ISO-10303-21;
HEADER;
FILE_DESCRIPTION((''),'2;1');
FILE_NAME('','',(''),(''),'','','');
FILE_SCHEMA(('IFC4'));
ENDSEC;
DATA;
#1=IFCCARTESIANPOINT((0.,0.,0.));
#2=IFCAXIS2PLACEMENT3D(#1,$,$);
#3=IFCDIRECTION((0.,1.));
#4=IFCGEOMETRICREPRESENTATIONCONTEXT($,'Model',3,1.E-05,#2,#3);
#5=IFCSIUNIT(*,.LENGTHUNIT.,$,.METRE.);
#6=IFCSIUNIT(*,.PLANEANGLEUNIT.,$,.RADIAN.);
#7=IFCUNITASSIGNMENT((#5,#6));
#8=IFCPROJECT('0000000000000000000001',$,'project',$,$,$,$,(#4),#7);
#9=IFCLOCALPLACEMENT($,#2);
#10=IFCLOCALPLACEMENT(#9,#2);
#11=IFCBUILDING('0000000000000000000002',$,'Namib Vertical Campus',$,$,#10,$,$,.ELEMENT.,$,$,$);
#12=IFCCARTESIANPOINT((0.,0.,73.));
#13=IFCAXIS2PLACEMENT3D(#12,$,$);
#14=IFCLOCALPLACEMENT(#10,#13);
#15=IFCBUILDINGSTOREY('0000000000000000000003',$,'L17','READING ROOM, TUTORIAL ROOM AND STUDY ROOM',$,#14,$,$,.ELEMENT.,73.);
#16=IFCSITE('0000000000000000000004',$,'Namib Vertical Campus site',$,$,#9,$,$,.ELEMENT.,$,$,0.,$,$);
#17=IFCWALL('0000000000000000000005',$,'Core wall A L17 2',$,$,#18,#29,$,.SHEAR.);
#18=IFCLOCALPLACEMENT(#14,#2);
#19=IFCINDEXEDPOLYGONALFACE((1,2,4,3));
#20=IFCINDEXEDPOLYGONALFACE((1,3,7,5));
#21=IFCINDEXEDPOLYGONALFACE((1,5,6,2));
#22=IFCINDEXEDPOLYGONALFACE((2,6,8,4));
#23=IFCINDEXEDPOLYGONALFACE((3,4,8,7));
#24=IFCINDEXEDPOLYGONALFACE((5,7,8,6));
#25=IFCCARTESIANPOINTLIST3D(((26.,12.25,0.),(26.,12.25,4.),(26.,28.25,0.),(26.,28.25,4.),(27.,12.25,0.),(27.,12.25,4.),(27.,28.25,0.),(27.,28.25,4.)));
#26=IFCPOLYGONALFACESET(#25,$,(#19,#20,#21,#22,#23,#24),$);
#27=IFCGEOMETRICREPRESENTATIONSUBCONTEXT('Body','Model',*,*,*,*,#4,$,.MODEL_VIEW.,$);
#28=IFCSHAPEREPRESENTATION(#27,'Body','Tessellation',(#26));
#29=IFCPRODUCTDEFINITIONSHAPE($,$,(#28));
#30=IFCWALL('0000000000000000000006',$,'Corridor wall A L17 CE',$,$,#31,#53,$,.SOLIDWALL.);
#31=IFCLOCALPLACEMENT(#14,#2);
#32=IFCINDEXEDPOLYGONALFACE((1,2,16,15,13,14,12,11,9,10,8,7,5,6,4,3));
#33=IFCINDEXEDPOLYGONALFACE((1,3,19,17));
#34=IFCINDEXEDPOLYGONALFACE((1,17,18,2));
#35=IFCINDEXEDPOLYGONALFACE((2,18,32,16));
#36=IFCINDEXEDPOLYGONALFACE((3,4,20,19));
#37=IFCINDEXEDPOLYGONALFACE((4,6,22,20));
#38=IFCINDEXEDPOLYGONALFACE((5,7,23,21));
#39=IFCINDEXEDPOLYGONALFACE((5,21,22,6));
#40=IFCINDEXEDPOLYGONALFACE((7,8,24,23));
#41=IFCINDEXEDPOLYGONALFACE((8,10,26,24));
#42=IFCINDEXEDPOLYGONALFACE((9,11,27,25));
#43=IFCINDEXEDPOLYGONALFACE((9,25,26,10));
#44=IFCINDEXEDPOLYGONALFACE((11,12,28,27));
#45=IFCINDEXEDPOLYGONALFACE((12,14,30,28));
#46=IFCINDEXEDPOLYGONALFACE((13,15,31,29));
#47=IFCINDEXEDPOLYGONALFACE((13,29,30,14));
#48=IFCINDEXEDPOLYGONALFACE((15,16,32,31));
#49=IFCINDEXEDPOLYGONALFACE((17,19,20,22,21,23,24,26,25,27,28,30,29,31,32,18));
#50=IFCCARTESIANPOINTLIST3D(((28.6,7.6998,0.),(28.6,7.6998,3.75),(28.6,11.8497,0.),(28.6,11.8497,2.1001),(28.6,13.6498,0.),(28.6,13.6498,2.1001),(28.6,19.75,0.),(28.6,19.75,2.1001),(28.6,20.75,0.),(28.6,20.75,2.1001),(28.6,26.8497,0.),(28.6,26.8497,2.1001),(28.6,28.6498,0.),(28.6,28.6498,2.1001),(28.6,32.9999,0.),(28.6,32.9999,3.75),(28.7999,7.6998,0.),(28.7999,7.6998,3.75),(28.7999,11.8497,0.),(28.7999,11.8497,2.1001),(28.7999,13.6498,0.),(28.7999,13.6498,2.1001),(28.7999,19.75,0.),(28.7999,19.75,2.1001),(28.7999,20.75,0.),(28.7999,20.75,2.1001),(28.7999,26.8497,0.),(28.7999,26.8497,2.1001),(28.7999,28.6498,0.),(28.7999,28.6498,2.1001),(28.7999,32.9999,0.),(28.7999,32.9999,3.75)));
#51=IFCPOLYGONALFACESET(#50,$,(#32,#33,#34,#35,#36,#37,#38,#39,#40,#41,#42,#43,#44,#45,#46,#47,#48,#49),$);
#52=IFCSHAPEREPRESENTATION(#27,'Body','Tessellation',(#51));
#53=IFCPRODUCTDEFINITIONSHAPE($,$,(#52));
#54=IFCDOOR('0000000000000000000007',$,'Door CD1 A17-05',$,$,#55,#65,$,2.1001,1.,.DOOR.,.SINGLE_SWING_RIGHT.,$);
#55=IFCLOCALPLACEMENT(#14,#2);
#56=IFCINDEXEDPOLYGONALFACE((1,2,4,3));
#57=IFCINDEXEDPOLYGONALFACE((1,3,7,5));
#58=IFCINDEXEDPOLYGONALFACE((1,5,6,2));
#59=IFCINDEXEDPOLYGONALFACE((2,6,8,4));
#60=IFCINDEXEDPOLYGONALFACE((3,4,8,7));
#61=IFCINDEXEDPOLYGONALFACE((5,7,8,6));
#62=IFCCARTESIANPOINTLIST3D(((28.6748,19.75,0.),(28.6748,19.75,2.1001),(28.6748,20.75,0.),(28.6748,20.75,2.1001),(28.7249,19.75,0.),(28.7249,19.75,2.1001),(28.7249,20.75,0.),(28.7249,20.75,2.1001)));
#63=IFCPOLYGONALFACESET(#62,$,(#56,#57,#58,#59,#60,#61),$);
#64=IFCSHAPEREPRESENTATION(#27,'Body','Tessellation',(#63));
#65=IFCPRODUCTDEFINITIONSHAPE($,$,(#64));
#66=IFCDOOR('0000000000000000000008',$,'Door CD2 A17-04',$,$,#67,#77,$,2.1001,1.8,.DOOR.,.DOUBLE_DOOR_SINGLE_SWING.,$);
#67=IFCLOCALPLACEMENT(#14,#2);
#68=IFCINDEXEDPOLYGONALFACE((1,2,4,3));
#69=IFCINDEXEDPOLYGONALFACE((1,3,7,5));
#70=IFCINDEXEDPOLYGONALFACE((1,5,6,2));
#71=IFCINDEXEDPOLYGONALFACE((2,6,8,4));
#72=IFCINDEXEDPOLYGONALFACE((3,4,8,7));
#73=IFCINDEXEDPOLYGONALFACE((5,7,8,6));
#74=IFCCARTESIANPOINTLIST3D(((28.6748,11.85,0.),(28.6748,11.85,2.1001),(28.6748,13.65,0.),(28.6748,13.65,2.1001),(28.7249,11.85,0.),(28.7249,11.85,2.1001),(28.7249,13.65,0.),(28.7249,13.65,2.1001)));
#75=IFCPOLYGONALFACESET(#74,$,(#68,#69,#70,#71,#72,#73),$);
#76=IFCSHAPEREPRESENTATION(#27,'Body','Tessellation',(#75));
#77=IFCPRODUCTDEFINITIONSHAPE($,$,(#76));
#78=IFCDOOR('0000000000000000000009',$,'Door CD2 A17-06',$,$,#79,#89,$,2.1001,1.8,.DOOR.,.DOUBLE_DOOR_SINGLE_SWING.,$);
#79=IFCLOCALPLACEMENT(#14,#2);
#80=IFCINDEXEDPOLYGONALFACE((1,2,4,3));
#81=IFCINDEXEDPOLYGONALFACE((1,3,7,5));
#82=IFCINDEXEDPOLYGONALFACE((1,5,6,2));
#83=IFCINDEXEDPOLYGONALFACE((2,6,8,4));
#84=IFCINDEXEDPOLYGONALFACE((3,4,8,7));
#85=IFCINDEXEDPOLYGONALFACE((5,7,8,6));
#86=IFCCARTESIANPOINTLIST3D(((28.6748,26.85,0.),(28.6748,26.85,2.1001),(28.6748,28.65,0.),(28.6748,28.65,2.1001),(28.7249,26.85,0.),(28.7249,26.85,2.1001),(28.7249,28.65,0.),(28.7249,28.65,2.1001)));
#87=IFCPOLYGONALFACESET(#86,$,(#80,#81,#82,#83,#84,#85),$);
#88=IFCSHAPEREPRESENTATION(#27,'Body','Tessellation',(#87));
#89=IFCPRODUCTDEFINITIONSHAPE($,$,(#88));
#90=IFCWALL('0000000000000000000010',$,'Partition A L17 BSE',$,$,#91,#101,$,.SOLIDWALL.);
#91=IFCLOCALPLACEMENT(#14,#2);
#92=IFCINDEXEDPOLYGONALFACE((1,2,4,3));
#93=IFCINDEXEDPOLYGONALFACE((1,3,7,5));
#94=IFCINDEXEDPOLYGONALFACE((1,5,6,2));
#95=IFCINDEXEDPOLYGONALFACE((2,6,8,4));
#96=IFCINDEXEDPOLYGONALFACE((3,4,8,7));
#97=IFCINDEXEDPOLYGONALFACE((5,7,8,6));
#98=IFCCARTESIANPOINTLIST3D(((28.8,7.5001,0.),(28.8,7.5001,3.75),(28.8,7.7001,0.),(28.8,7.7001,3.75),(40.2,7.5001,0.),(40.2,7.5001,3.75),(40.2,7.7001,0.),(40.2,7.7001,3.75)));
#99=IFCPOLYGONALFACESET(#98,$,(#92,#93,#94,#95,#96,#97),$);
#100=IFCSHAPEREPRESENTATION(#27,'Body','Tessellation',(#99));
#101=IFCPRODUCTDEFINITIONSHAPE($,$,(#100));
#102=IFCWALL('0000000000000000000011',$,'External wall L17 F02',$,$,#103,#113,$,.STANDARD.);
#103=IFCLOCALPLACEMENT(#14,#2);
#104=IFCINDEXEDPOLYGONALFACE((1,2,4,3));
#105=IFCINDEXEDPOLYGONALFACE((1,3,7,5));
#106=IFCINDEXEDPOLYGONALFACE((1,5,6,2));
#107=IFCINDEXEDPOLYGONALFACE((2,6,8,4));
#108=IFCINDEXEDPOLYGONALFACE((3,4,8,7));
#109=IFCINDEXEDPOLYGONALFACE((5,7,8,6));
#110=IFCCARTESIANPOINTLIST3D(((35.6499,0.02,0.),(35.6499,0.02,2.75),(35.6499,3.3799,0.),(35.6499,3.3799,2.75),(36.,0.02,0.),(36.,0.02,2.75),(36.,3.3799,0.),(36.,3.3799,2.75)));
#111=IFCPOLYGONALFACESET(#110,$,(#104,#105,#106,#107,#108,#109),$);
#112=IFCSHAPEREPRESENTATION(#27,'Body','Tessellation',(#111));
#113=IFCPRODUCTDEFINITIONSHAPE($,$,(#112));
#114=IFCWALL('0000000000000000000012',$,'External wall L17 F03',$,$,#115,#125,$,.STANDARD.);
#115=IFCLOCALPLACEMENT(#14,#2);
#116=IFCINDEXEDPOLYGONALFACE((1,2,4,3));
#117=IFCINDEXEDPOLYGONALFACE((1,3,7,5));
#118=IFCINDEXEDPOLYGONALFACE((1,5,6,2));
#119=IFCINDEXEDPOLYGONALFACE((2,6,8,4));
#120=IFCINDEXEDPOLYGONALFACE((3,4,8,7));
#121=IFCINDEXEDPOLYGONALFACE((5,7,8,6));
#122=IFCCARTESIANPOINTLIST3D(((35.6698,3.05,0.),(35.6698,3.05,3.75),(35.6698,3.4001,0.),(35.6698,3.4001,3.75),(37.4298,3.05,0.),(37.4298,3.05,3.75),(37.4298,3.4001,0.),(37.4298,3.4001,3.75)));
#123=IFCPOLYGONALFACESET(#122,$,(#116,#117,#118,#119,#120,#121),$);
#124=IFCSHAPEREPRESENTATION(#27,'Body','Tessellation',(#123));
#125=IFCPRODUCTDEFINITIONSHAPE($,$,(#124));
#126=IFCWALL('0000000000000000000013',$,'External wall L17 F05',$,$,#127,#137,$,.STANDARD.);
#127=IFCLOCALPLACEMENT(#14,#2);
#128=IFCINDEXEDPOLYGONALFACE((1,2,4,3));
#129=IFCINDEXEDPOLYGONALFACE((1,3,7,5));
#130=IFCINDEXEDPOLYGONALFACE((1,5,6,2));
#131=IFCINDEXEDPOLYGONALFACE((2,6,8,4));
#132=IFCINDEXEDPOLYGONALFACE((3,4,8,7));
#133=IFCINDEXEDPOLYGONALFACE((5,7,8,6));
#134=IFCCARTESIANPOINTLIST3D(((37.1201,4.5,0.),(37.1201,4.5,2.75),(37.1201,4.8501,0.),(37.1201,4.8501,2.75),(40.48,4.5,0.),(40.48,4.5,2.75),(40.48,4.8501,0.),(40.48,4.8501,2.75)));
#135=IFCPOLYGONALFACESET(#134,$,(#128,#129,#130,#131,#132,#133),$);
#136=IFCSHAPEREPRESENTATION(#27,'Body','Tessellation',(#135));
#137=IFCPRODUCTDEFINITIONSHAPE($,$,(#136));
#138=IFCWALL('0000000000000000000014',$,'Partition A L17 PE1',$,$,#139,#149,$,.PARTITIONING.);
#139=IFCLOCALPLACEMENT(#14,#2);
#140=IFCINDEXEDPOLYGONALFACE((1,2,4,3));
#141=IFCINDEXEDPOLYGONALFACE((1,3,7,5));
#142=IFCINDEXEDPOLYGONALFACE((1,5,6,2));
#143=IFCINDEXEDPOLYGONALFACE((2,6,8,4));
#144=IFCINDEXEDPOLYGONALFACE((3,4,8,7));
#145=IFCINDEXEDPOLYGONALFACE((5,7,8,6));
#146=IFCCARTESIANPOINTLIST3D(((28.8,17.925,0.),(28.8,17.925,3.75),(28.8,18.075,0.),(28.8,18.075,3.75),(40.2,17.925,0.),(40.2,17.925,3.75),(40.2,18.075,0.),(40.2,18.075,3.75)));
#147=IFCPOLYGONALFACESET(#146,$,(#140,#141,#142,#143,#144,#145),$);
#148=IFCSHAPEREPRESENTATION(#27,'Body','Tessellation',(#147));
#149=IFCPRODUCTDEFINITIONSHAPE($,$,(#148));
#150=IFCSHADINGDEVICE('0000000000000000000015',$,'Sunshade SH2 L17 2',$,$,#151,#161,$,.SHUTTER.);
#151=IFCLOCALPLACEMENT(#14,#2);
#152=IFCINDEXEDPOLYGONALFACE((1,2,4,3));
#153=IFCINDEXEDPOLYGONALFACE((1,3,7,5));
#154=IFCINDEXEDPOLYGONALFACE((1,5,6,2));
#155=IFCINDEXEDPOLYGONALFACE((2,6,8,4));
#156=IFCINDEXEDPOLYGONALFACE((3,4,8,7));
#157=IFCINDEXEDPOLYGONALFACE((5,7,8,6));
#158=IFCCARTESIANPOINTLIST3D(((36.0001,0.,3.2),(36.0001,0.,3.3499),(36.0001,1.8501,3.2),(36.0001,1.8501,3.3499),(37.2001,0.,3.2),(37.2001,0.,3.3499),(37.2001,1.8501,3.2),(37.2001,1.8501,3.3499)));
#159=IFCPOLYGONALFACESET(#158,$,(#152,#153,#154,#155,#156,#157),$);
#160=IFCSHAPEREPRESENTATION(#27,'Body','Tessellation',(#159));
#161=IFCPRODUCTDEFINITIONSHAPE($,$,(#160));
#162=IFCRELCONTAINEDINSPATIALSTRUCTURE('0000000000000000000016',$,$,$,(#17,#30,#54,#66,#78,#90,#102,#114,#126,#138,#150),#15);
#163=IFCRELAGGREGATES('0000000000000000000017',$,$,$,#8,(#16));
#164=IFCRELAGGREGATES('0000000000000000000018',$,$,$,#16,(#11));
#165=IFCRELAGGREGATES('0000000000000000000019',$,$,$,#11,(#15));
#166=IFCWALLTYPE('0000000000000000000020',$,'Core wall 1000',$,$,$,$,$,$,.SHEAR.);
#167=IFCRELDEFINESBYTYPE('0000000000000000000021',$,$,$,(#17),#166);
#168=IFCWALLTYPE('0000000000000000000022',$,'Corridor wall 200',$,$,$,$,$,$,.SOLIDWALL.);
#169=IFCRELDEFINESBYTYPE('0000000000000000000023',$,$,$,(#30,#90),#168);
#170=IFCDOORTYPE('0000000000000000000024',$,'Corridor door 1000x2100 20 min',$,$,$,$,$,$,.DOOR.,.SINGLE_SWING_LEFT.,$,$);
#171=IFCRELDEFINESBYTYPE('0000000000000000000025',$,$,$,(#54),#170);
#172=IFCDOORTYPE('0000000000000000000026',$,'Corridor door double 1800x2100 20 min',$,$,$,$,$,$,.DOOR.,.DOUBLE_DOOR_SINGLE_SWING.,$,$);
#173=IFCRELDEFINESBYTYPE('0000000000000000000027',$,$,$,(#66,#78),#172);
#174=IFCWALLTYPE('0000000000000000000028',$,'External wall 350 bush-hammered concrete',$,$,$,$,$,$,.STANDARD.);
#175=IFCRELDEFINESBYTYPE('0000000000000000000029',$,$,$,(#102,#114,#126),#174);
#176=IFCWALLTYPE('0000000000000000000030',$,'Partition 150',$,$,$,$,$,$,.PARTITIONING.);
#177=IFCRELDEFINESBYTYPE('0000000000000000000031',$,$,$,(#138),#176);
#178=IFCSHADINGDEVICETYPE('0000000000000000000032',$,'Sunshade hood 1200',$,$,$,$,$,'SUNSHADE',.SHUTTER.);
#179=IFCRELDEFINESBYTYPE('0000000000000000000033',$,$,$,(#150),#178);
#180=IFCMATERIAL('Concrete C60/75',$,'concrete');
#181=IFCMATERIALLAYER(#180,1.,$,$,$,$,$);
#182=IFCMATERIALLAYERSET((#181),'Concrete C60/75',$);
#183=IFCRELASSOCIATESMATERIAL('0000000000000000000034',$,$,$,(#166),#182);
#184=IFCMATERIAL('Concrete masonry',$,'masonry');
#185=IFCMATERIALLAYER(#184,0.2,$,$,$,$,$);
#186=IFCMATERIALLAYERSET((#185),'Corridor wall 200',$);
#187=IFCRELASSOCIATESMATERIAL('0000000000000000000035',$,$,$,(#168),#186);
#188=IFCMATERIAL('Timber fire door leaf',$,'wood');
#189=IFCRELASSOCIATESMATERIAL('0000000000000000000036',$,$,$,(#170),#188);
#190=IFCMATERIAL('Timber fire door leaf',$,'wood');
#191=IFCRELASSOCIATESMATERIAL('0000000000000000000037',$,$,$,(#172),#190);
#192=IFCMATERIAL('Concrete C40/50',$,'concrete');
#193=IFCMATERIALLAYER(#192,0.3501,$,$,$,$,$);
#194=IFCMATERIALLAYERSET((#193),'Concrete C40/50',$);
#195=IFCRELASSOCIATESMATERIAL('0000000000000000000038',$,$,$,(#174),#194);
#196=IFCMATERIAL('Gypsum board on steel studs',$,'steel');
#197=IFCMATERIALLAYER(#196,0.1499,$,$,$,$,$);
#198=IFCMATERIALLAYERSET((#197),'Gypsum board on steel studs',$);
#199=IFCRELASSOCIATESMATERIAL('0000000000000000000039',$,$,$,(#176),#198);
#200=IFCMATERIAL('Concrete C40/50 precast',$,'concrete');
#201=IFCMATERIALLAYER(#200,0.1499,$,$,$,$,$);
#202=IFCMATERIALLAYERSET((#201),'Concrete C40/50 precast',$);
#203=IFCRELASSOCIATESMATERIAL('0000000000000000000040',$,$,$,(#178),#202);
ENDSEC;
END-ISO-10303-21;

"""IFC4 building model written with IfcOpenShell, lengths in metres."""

from ifc_helpers import new_model, si_unit, direction, frame, frame_2d, origin, origin_2d, place, context, subcontext, project, spatial, rectangle, extrude, material, layer, layer_set, type_object, element, fill, save


model = new_model("IFC4")

# Units and contexts
model_context = context("Model", 3, precision=1e-05, world=origin(), true_north=direction((0.0, 1.0)))
body_context = subcontext(model_context, "Body", "Model", "MODEL_VIEW")
ifc_project = project(units=[si_unit("LENGTHUNIT", "METRE"), si_unit("PLANEANGLEUNIT", "RADIAN")], contexts=[model_context])

# Site, building, storey
site_placement = place(None, origin())
site = spatial("IfcSite", under=ifc_project, at=site_placement, Name="Namib Vertical Campus site", CompositionType="ELEMENT", RefElevation=0.0)
building_placement = place(site_placement, origin())
building = spatial("IfcBuilding", under=site, at=building_placement, Name="Namib Vertical Campus", CompositionType="ELEMENT")
storey_placement = place(building_placement, frame((0.0, 0.0, 73.0)))
storey = spatial("IfcBuildingStorey", under=building, at=storey_placement, Name="L17", Description="READING ROOM, TUTORIAL ROOM AND STUDY ROOM", CompositionType="ELEMENT", Elevation=73.0)

# Wall
ifc_material_1 = material(Name="Concrete C60/75", Category="concrete")
ifc_layer_1 = layer(ifc_material_1, 1.0)
ifc_layer_set_1 = layer_set([ifc_layer_1], Name="Concrete C60/75")
wall_type_1 = type_object("IfcWallType", Name="Core wall 1000", PredefinedType="SHEAR", material=ifc_layer_set_1)
wall_1_placement = place(storey_placement, frame((26.5, 12.25, 0.0), z_axis=(0.0, 0.0, 1.0), x_axis=(0.0, 1.0, 0.0)))
element("IfcWall", 1, at=wall_1_placement, inside=storey, type_object=wall_type_1, Name="Core wall A L17 2", PredefinedType="SHEAR", context=body_context, shape_type="SweptSolid", body=[
    extrude(rectangle(XDim=16.0, YDim=1.0, at=frame_2d((8.0, 0.0))), origin(), (0.0, 0.0, 1.0), 4.0),
])

# Wall, openings, doors
ifc_material_2 = material(Name="Concrete masonry", Category="masonry")
ifc_layer_2 = layer(ifc_material_2, 0.2)
ifc_layer_set_2 = layer_set([ifc_layer_2], Name="Corridor wall 200")
wall_type_2 = type_object("IfcWallType", Name="Corridor wall 200", PredefinedType="SOLIDWALL", material=ifc_layer_set_2)
wall_2_placement = place(storey_placement, frame((28.7, 7.7, 0.0), z_axis=(0.0, 0.0, 1.0), x_axis=(0.0, 1.0, 0.0)))
wall_2 = element("IfcWall", 2, at=wall_2_placement, inside=storey, type_object=wall_type_2, Name="Corridor wall A L17 CE", PredefinedType="SOLIDWALL", context=body_context, shape_type="SweptSolid", body=[
    extrude(rectangle(XDim=25.3, YDim=0.2, at=frame_2d((12.6499, 0.0))), origin(), (0.0, 0.0, 1.0), 3.75),
])
opening_1_placement = place(wall_2_placement, frame((4.1499, 0.0, 0.0)))
opening_1 = element("IfcOpeningElement", 3, at=opening_1_placement, cuts=wall_2, PredefinedType="OPENING", context=body_context, shape_type="SweptSolid", body=[
    extrude(rectangle(XDim=1.8, YDim=2.1001, at=frame_2d((0.8999, 1.05))), frame((0.0, 0.1099, 0.0), z_axis=(0.0, -1.0, 0.0), x_axis=(1.0, 0.0, 0.0)), (0.0, 0.0, 1.0), 0.22),
])
opening_2_placement = place(wall_2_placement, frame((12.05, 0.0, 0.0)))
opening_2 = element("IfcOpeningElement", 4, at=opening_2_placement, cuts=wall_2, PredefinedType="OPENING", context=body_context, shape_type="SweptSolid", body=[
    extrude(rectangle(XDim=1.0, YDim=2.1001, at=frame_2d((0.5, 1.05))), frame((0.0, 0.1099, 0.0), z_axis=(0.0, -1.0, 0.0), x_axis=(1.0, 0.0, 0.0)), (0.0, 0.0, 1.0), 0.22),
])
opening_3_placement = place(wall_2_placement, frame((19.1499, 0.0, 0.0)))
opening_3 = element("IfcOpeningElement", 5, at=opening_3_placement, cuts=wall_2, PredefinedType="OPENING", context=body_context, shape_type="SweptSolid", body=[
    extrude(rectangle(XDim=1.8, YDim=2.1001, at=frame_2d((0.8999, 1.05))), frame((0.0, 0.1099, 0.0), z_axis=(0.0, -1.0, 0.0), x_axis=(1.0, 0.0, 0.0)), (0.0, 0.0, 1.0), 0.22),
])
ifc_material_3 = material(Name="Timber fire door leaf", Category="wood")
door_type_1 = type_object("IfcDoorType", Name="Corridor door 1000x2100 20 min", OperationType="SINGLE_SWING_LEFT", PredefinedType="DOOR", material=ifc_material_3)
door_1_placement = place(opening_2_placement, frame((1.0, 0.0, 0.0), z_axis=(0.0, 0.0, 1.0), x_axis=(-1.0, 0.0, 0.0)))
door_1 = element("IfcDoor", 6, at=door_1_placement, inside=storey, type_object=door_type_1, Name="Door CD1 A17-05", OperationType="SINGLE_SWING_RIGHT", OverallHeight=2.1001, OverallWidth=1.0, PredefinedType="DOOR", context=body_context, shape_type="SweptSolid", body=[
    extrude(rectangle(XDim=1.0, YDim=2.1001, at=frame_2d((0.5, 1.05))), frame((0.0, 0.0249, 0.0), z_axis=(0.0, -1.0, 0.0), x_axis=(1.0, 0.0, 0.0)), (0.0, 0.0, 1.0), 0.05),
])
fill(opening_2, door_1)
ifc_material_4 = material(Name="Timber fire door leaf", Category="wood")
door_type_2 = type_object("IfcDoorType", Name="Corridor door double 1800x2100 20 min", OperationType="DOUBLE_DOOR_SINGLE_SWING", PredefinedType="DOOR", material=ifc_material_4)
door_2_placement = place(opening_1_placement, frame((1.8, 0.0, 0.0), z_axis=(0.0, 0.0, 1.0), x_axis=(-1.0, 0.0, 0.0)))
door_2 = element("IfcDoor", 7, at=door_2_placement, inside=storey, type_object=door_type_2, Name="Door CD2 A17-04", OperationType="DOUBLE_DOOR_SINGLE_SWING", OverallHeight=2.1001, OverallWidth=1.8, PredefinedType="DOOR", context=body_context, shape_type="SweptSolid", body=[
    extrude(rectangle(XDim=1.8, YDim=2.1001, at=frame_2d((0.8999, 1.05))), frame((0.0, 0.0249, 0.0), z_axis=(0.0, -1.0, 0.0), x_axis=(1.0, 0.0, 0.0)), (0.0, 0.0, 1.0), 0.05),
])
fill(opening_1, door_2)
door_3_placement = place(opening_3_placement, frame((1.8, 0.0, 0.0), z_axis=(0.0, 0.0, 1.0), x_axis=(-1.0, 0.0, 0.0)))
door_3 = element("IfcDoor", 8, at=door_3_placement, inside=storey, type_object=door_type_2, Name="Door CD2 A17-06", OperationType="DOUBLE_DOOR_SINGLE_SWING", OverallHeight=2.1001, OverallWidth=1.8, PredefinedType="DOOR", context=body_context, shape_type="SweptSolid", body=[
    extrude(rectangle(XDim=1.8, YDim=2.1001, at=frame_2d((0.8999, 1.05))), frame((0.0, 0.0249, 0.0), z_axis=(0.0, -1.0, 0.0), x_axis=(1.0, 0.0, 0.0)), (0.0, 0.0, 1.0), 0.05),
])
fill(opening_3, door_3)

# Walls
wall_3_placement = place(storey_placement, frame((28.8, 7.6001, 0.0), z_axis=(0.0, 0.0, 1.0), x_axis=(1.0, 0.0, 0.0)))
element("IfcWall", 9, at=wall_3_placement, inside=storey, type_object=wall_type_2, Name="Partition A L17 BSE", PredefinedType="SOLIDWALL", context=body_context, shape_type="SweptSolid", body=[
    extrude(rectangle(XDim=11.3999, YDim=0.2, at=frame_2d((5.7, 0.0))), origin(), (0.0, 0.0, 1.0), 3.75),
])
ifc_material_5 = material(Name="Concrete C40/50", Category="concrete")
ifc_layer_3 = layer(ifc_material_5, 0.3501)
ifc_layer_set_3 = layer_set([ifc_layer_3], Name="Concrete C40/50")
wall_type_3 = type_object("IfcWallType", Name="External wall 350 bush-hammered concrete", PredefinedType="STANDARD", material=ifc_layer_set_3)
wall_4_placement = place(storey_placement, frame((35.825, 0.02, 0.0), z_axis=(0.0, 0.0, 1.0), x_axis=(0.0, 1.0, 0.0)))
element("IfcWall", 10, at=wall_4_placement, inside=storey, type_object=wall_type_3, Name="External wall L17 F02", PredefinedType="STANDARD", context=body_context, shape_type="SweptSolid", body=[
    extrude(rectangle(XDim=3.3599, YDim=0.3501, at=frame_2d((1.6799, 0.0))), origin(), (0.0, 0.0, 1.0), 2.75),
])
wall_5_placement = place(storey_placement, frame((35.6699, 3.2251, 0.0), z_axis=(0.0, 0.0, 1.0), x_axis=(1.0, 0.0, 0.0)))
element("IfcWall", 11, at=wall_5_placement, inside=storey, type_object=wall_type_3, Name="External wall L17 F03", PredefinedType="STANDARD", context=body_context, shape_type="SweptSolid", body=[
    extrude(rectangle(XDim=1.76, YDim=0.3501, at=frame_2d((0.8799, 0.0))), origin(), (0.0, 0.0, 1.0), 3.75),
])
wall_6_placement = place(storey_placement, frame((37.1201, 4.675, 0.0), z_axis=(0.0, 0.0, 1.0), x_axis=(1.0, 0.0, 0.0)))
element("IfcWall", 12, at=wall_6_placement, inside=storey, type_object=wall_type_3, Name="External wall L17 F05", PredefinedType="STANDARD", context=body_context, shape_type="SweptSolid", body=[
    extrude(rectangle(XDim=3.3599, YDim=0.3501, at=frame_2d((1.6799, 0.0))), origin(), (0.0, 0.0, 1.0), 2.75),
])
ifc_material_6 = material(Name="Gypsum board on steel studs", Category="steel")
ifc_layer_4 = layer(ifc_material_6, 0.1499)
ifc_layer_set_4 = layer_set([ifc_layer_4], Name="Gypsum board on steel studs")
wall_type_4 = type_object("IfcWallType", Name="Partition 150", PredefinedType="PARTITIONING", material=ifc_layer_set_4)
wall_7_placement = place(storey_placement, frame((28.8, 18.0, 0.0), z_axis=(0.0, 0.0, 1.0), x_axis=(1.0, 0.0, 0.0)))
element("IfcWall", 13, at=wall_7_placement, inside=storey, type_object=wall_type_4, Name="Partition A L17 PE1", PredefinedType="PARTITIONING", context=body_context, shape_type="SweptSolid", body=[
    extrude(rectangle(XDim=11.3999, YDim=0.1499, at=frame_2d((5.7, 0.0))), origin(), (0.0, 0.0, 1.0), 3.75),
])

# Shading device
ifc_material_7 = material(Name="Concrete C40/50 precast", Category="concrete")
ifc_layer_5 = layer(ifc_material_7, 0.1499)
ifc_layer_set_5 = layer_set([ifc_layer_5], Name="Concrete C40/50 precast")
shading_device_type = type_object("IfcShadingDeviceType", Name="Sunshade hood 1200", ElementType="SUNSHADE", PredefinedType="SHUTTER", material=ifc_layer_set_5)
shading_device_placement = place(storey_placement, frame((36.6001, 0.925, 3.2), z_axis=(0.0, 0.0, 1.0), x_axis=(0.0, 1.0, 0.0)))
element("IfcShadingDevice", 14, at=shading_device_placement, inside=storey, type_object=shading_device_type, Name="Sunshade SH2 L17 2", PredefinedType="SHUTTER", context=body_context, shape_type="SweptSolid", body=[
    extrude(rectangle(XDim=1.8501, YDim=1.2, at=origin_2d()), origin(), (0.0, 0.0, 1.0), 0.1499),
])

save(model, "model.ifc")
